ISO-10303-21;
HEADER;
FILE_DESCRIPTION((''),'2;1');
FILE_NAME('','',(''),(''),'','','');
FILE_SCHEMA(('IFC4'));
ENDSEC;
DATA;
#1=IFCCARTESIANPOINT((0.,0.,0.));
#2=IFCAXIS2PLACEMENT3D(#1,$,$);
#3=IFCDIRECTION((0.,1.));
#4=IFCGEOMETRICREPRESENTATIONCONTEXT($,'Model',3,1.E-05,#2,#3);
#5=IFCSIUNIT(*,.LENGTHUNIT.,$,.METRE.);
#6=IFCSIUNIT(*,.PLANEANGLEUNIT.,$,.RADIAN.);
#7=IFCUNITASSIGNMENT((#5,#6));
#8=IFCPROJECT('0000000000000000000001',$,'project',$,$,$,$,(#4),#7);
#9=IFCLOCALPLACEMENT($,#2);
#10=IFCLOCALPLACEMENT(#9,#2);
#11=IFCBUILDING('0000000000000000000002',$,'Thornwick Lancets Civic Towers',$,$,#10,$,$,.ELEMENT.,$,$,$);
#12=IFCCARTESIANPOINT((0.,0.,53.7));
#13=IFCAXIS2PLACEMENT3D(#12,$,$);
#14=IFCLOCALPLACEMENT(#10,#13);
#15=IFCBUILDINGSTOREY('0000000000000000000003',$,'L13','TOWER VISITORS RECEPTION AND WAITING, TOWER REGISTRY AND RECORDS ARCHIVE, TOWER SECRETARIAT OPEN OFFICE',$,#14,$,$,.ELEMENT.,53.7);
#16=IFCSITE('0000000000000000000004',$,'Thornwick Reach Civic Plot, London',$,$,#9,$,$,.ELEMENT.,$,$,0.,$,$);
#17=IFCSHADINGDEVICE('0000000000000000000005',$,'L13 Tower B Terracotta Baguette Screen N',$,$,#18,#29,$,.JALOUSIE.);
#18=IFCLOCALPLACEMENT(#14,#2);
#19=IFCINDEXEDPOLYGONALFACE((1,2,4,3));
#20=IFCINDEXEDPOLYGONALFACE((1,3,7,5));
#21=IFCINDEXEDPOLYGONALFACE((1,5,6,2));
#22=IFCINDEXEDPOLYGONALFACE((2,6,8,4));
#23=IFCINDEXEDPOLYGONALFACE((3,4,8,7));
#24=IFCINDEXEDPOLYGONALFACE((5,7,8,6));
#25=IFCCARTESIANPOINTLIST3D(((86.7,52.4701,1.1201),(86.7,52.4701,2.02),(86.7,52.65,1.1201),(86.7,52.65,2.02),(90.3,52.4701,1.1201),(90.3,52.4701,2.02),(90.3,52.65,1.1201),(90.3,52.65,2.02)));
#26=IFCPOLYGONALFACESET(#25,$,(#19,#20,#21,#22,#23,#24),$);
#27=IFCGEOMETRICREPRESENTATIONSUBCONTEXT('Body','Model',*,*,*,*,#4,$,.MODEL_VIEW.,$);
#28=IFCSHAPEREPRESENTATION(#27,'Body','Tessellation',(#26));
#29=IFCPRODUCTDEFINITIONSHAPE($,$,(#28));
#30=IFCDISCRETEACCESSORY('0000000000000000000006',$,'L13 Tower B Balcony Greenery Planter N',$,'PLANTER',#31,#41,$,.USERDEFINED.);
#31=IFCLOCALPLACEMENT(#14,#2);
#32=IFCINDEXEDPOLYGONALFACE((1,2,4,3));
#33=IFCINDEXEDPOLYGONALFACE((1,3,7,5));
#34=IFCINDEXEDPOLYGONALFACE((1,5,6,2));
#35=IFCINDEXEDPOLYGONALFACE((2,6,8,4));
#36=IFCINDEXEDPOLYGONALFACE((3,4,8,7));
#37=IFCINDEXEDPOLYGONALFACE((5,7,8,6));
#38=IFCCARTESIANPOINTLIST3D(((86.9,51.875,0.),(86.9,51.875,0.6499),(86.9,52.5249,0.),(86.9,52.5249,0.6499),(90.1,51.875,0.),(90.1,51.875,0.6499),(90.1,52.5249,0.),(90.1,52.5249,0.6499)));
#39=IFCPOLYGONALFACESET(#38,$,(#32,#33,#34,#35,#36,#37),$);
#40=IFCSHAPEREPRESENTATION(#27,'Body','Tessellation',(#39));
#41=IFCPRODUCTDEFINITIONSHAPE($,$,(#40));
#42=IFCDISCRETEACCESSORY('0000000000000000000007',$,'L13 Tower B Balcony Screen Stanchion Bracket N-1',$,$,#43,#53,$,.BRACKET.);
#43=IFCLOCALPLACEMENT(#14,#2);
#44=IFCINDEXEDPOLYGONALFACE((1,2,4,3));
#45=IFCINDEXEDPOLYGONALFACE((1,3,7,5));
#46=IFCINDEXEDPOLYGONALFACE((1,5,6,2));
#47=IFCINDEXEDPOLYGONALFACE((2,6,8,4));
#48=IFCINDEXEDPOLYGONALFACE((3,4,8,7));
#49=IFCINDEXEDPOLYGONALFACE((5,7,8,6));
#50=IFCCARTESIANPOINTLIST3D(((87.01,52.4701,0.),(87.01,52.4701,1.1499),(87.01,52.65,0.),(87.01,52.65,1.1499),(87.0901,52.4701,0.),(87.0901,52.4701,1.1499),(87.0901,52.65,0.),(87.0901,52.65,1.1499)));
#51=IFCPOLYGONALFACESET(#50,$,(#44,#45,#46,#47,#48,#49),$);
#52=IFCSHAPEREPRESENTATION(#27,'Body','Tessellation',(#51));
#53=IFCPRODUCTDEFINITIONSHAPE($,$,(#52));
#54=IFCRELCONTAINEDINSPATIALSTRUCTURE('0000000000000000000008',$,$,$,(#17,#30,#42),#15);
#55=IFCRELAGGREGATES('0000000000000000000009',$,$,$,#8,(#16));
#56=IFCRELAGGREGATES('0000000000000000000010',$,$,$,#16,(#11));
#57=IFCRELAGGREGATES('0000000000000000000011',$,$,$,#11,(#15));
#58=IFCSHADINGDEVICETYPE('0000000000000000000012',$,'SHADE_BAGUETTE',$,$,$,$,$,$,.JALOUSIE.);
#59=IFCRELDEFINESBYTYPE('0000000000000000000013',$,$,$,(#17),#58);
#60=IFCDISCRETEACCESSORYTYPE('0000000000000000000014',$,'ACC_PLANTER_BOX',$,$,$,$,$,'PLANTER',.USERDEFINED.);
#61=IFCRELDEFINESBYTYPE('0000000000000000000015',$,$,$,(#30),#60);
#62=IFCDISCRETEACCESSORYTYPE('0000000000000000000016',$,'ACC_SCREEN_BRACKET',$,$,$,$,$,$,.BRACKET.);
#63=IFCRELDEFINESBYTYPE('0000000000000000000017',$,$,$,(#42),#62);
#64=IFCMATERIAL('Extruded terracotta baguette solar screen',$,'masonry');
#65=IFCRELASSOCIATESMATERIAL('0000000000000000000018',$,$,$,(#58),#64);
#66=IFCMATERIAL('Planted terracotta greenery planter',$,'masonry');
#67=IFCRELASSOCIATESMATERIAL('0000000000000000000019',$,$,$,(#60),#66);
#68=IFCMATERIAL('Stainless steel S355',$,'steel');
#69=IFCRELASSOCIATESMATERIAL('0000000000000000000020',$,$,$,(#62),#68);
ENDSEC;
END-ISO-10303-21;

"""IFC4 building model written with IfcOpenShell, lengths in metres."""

from ifc_helpers import new_model, si_unit, direction, frame, origin, origin_2d, place, context, subcontext, project, spatial, rectangle, extrude, material, type_object, element, save


model = new_model("IFC4")

# Units and contexts
model_context = context("Model", 3, precision=1e-05, world=origin(), true_north=direction((0.0, 1.0)))
body_context = subcontext(model_context, "Body", "Model", "MODEL_VIEW")
ifc_project = project(units=[si_unit("LENGTHUNIT", "METRE"), si_unit("PLANEANGLEUNIT", "RADIAN")], contexts=[model_context])

# Site, building, storey
site_placement = place(None, origin())
site = spatial("IfcSite", under=ifc_project, at=site_placement, Name="Thornwick Reach Civic Plot, London", CompositionType="ELEMENT", RefElevation=0.0)
building_placement = place(site_placement, origin())
building = spatial("IfcBuilding", under=site, at=building_placement, Name="Thornwick Lancets Civic Towers", CompositionType="ELEMENT")
storey_placement = place(building_placement, frame((0.0, 0.0, 53.7)))
storey = spatial("IfcBuildingStorey", under=building, at=storey_placement, Name="L13", Description="TOWER VISITORS RECEPTION AND WAITING, TOWER REGISTRY AND RECORDS ARCHIVE, TOWER SECRETARIAT OPEN OFFICE", CompositionType="ELEMENT", Elevation=53.7)

# Shading device
ifc_material_1 = material(Name="Extruded terracotta baguette solar screen", Category="masonry")
shading_device_type = type_object("IfcShadingDeviceType", Name="SHADE_BAGUETTE", PredefinedType="JALOUSIE", material=ifc_material_1)
shading_device_placement = place(storey_placement, frame((88.5, 52.5601, 1.1201), z_axis=(0.0, 0.0, 1.0), x_axis=(1.0, 0.0, 0.0)))
element("IfcShadingDevice", 1, at=shading_device_placement, inside=storey, type_object=shading_device_type, Name="L13 Tower B Terracotta Baguette Screen N", PredefinedType="JALOUSIE", context=body_context, shape_type="SweptSolid", body=[
    extrude(rectangle(XDim=3.6001, YDim=0.1799, at=origin_2d()), origin(), (0.0, 0.0, 1.0), 0.8999),
])

# Discrete accessories
ifc_material_2 = material(Name="Planted terracotta greenery planter", Category="masonry")
discrete_accessory_type_1 = type_object("IfcDiscreteAccessoryType", Name="ACC_PLANTER_BOX", ElementType="PLANTER", PredefinedType="USERDEFINED", material=ifc_material_2)
discrete_accessory_1_placement = place(storey_placement, frame((88.5, 52.2, 0.0), z_axis=(0.0, 0.0, 1.0), x_axis=(1.0, 0.0, 0.0)))
element("IfcDiscreteAccessory", 2, at=discrete_accessory_1_placement, inside=storey, type_object=discrete_accessory_type_1, Name="L13 Tower B Balcony Greenery Planter N", ObjectType="PLANTER", PredefinedType="USERDEFINED", context=body_context, shape_type="SweptSolid", body=[
    extrude(rectangle(XDim=3.2, YDim=0.6499, at=origin_2d()), origin(), (0.0, 0.0, 1.0), 0.6499),
])
ifc_material_3 = material(Name="Stainless steel S355", Category="steel")
discrete_accessory_type_2 = type_object("IfcDiscreteAccessoryType", Name="ACC_SCREEN_BRACKET", PredefinedType="BRACKET", material=ifc_material_3)
discrete_accessory_2_placement = place(storey_placement, frame((87.05, 52.5601, 0.0), z_axis=(0.0, 0.0, 1.0), x_axis=(1.0, 0.0, 0.0)))
element("IfcDiscreteAccessory", 3, at=discrete_accessory_2_placement, inside=storey, type_object=discrete_accessory_type_2, Name="L13 Tower B Balcony Screen Stanchion Bracket N-1", PredefinedType="BRACKET", context=body_context, shape_type="SweptSolid", body=[
    extrude(rectangle(XDim=0.0801, YDim=0.1799, at=origin_2d()), origin(), (0.0, 0.0, 1.0), 1.1499),
])

save(model, "model.ifc")
